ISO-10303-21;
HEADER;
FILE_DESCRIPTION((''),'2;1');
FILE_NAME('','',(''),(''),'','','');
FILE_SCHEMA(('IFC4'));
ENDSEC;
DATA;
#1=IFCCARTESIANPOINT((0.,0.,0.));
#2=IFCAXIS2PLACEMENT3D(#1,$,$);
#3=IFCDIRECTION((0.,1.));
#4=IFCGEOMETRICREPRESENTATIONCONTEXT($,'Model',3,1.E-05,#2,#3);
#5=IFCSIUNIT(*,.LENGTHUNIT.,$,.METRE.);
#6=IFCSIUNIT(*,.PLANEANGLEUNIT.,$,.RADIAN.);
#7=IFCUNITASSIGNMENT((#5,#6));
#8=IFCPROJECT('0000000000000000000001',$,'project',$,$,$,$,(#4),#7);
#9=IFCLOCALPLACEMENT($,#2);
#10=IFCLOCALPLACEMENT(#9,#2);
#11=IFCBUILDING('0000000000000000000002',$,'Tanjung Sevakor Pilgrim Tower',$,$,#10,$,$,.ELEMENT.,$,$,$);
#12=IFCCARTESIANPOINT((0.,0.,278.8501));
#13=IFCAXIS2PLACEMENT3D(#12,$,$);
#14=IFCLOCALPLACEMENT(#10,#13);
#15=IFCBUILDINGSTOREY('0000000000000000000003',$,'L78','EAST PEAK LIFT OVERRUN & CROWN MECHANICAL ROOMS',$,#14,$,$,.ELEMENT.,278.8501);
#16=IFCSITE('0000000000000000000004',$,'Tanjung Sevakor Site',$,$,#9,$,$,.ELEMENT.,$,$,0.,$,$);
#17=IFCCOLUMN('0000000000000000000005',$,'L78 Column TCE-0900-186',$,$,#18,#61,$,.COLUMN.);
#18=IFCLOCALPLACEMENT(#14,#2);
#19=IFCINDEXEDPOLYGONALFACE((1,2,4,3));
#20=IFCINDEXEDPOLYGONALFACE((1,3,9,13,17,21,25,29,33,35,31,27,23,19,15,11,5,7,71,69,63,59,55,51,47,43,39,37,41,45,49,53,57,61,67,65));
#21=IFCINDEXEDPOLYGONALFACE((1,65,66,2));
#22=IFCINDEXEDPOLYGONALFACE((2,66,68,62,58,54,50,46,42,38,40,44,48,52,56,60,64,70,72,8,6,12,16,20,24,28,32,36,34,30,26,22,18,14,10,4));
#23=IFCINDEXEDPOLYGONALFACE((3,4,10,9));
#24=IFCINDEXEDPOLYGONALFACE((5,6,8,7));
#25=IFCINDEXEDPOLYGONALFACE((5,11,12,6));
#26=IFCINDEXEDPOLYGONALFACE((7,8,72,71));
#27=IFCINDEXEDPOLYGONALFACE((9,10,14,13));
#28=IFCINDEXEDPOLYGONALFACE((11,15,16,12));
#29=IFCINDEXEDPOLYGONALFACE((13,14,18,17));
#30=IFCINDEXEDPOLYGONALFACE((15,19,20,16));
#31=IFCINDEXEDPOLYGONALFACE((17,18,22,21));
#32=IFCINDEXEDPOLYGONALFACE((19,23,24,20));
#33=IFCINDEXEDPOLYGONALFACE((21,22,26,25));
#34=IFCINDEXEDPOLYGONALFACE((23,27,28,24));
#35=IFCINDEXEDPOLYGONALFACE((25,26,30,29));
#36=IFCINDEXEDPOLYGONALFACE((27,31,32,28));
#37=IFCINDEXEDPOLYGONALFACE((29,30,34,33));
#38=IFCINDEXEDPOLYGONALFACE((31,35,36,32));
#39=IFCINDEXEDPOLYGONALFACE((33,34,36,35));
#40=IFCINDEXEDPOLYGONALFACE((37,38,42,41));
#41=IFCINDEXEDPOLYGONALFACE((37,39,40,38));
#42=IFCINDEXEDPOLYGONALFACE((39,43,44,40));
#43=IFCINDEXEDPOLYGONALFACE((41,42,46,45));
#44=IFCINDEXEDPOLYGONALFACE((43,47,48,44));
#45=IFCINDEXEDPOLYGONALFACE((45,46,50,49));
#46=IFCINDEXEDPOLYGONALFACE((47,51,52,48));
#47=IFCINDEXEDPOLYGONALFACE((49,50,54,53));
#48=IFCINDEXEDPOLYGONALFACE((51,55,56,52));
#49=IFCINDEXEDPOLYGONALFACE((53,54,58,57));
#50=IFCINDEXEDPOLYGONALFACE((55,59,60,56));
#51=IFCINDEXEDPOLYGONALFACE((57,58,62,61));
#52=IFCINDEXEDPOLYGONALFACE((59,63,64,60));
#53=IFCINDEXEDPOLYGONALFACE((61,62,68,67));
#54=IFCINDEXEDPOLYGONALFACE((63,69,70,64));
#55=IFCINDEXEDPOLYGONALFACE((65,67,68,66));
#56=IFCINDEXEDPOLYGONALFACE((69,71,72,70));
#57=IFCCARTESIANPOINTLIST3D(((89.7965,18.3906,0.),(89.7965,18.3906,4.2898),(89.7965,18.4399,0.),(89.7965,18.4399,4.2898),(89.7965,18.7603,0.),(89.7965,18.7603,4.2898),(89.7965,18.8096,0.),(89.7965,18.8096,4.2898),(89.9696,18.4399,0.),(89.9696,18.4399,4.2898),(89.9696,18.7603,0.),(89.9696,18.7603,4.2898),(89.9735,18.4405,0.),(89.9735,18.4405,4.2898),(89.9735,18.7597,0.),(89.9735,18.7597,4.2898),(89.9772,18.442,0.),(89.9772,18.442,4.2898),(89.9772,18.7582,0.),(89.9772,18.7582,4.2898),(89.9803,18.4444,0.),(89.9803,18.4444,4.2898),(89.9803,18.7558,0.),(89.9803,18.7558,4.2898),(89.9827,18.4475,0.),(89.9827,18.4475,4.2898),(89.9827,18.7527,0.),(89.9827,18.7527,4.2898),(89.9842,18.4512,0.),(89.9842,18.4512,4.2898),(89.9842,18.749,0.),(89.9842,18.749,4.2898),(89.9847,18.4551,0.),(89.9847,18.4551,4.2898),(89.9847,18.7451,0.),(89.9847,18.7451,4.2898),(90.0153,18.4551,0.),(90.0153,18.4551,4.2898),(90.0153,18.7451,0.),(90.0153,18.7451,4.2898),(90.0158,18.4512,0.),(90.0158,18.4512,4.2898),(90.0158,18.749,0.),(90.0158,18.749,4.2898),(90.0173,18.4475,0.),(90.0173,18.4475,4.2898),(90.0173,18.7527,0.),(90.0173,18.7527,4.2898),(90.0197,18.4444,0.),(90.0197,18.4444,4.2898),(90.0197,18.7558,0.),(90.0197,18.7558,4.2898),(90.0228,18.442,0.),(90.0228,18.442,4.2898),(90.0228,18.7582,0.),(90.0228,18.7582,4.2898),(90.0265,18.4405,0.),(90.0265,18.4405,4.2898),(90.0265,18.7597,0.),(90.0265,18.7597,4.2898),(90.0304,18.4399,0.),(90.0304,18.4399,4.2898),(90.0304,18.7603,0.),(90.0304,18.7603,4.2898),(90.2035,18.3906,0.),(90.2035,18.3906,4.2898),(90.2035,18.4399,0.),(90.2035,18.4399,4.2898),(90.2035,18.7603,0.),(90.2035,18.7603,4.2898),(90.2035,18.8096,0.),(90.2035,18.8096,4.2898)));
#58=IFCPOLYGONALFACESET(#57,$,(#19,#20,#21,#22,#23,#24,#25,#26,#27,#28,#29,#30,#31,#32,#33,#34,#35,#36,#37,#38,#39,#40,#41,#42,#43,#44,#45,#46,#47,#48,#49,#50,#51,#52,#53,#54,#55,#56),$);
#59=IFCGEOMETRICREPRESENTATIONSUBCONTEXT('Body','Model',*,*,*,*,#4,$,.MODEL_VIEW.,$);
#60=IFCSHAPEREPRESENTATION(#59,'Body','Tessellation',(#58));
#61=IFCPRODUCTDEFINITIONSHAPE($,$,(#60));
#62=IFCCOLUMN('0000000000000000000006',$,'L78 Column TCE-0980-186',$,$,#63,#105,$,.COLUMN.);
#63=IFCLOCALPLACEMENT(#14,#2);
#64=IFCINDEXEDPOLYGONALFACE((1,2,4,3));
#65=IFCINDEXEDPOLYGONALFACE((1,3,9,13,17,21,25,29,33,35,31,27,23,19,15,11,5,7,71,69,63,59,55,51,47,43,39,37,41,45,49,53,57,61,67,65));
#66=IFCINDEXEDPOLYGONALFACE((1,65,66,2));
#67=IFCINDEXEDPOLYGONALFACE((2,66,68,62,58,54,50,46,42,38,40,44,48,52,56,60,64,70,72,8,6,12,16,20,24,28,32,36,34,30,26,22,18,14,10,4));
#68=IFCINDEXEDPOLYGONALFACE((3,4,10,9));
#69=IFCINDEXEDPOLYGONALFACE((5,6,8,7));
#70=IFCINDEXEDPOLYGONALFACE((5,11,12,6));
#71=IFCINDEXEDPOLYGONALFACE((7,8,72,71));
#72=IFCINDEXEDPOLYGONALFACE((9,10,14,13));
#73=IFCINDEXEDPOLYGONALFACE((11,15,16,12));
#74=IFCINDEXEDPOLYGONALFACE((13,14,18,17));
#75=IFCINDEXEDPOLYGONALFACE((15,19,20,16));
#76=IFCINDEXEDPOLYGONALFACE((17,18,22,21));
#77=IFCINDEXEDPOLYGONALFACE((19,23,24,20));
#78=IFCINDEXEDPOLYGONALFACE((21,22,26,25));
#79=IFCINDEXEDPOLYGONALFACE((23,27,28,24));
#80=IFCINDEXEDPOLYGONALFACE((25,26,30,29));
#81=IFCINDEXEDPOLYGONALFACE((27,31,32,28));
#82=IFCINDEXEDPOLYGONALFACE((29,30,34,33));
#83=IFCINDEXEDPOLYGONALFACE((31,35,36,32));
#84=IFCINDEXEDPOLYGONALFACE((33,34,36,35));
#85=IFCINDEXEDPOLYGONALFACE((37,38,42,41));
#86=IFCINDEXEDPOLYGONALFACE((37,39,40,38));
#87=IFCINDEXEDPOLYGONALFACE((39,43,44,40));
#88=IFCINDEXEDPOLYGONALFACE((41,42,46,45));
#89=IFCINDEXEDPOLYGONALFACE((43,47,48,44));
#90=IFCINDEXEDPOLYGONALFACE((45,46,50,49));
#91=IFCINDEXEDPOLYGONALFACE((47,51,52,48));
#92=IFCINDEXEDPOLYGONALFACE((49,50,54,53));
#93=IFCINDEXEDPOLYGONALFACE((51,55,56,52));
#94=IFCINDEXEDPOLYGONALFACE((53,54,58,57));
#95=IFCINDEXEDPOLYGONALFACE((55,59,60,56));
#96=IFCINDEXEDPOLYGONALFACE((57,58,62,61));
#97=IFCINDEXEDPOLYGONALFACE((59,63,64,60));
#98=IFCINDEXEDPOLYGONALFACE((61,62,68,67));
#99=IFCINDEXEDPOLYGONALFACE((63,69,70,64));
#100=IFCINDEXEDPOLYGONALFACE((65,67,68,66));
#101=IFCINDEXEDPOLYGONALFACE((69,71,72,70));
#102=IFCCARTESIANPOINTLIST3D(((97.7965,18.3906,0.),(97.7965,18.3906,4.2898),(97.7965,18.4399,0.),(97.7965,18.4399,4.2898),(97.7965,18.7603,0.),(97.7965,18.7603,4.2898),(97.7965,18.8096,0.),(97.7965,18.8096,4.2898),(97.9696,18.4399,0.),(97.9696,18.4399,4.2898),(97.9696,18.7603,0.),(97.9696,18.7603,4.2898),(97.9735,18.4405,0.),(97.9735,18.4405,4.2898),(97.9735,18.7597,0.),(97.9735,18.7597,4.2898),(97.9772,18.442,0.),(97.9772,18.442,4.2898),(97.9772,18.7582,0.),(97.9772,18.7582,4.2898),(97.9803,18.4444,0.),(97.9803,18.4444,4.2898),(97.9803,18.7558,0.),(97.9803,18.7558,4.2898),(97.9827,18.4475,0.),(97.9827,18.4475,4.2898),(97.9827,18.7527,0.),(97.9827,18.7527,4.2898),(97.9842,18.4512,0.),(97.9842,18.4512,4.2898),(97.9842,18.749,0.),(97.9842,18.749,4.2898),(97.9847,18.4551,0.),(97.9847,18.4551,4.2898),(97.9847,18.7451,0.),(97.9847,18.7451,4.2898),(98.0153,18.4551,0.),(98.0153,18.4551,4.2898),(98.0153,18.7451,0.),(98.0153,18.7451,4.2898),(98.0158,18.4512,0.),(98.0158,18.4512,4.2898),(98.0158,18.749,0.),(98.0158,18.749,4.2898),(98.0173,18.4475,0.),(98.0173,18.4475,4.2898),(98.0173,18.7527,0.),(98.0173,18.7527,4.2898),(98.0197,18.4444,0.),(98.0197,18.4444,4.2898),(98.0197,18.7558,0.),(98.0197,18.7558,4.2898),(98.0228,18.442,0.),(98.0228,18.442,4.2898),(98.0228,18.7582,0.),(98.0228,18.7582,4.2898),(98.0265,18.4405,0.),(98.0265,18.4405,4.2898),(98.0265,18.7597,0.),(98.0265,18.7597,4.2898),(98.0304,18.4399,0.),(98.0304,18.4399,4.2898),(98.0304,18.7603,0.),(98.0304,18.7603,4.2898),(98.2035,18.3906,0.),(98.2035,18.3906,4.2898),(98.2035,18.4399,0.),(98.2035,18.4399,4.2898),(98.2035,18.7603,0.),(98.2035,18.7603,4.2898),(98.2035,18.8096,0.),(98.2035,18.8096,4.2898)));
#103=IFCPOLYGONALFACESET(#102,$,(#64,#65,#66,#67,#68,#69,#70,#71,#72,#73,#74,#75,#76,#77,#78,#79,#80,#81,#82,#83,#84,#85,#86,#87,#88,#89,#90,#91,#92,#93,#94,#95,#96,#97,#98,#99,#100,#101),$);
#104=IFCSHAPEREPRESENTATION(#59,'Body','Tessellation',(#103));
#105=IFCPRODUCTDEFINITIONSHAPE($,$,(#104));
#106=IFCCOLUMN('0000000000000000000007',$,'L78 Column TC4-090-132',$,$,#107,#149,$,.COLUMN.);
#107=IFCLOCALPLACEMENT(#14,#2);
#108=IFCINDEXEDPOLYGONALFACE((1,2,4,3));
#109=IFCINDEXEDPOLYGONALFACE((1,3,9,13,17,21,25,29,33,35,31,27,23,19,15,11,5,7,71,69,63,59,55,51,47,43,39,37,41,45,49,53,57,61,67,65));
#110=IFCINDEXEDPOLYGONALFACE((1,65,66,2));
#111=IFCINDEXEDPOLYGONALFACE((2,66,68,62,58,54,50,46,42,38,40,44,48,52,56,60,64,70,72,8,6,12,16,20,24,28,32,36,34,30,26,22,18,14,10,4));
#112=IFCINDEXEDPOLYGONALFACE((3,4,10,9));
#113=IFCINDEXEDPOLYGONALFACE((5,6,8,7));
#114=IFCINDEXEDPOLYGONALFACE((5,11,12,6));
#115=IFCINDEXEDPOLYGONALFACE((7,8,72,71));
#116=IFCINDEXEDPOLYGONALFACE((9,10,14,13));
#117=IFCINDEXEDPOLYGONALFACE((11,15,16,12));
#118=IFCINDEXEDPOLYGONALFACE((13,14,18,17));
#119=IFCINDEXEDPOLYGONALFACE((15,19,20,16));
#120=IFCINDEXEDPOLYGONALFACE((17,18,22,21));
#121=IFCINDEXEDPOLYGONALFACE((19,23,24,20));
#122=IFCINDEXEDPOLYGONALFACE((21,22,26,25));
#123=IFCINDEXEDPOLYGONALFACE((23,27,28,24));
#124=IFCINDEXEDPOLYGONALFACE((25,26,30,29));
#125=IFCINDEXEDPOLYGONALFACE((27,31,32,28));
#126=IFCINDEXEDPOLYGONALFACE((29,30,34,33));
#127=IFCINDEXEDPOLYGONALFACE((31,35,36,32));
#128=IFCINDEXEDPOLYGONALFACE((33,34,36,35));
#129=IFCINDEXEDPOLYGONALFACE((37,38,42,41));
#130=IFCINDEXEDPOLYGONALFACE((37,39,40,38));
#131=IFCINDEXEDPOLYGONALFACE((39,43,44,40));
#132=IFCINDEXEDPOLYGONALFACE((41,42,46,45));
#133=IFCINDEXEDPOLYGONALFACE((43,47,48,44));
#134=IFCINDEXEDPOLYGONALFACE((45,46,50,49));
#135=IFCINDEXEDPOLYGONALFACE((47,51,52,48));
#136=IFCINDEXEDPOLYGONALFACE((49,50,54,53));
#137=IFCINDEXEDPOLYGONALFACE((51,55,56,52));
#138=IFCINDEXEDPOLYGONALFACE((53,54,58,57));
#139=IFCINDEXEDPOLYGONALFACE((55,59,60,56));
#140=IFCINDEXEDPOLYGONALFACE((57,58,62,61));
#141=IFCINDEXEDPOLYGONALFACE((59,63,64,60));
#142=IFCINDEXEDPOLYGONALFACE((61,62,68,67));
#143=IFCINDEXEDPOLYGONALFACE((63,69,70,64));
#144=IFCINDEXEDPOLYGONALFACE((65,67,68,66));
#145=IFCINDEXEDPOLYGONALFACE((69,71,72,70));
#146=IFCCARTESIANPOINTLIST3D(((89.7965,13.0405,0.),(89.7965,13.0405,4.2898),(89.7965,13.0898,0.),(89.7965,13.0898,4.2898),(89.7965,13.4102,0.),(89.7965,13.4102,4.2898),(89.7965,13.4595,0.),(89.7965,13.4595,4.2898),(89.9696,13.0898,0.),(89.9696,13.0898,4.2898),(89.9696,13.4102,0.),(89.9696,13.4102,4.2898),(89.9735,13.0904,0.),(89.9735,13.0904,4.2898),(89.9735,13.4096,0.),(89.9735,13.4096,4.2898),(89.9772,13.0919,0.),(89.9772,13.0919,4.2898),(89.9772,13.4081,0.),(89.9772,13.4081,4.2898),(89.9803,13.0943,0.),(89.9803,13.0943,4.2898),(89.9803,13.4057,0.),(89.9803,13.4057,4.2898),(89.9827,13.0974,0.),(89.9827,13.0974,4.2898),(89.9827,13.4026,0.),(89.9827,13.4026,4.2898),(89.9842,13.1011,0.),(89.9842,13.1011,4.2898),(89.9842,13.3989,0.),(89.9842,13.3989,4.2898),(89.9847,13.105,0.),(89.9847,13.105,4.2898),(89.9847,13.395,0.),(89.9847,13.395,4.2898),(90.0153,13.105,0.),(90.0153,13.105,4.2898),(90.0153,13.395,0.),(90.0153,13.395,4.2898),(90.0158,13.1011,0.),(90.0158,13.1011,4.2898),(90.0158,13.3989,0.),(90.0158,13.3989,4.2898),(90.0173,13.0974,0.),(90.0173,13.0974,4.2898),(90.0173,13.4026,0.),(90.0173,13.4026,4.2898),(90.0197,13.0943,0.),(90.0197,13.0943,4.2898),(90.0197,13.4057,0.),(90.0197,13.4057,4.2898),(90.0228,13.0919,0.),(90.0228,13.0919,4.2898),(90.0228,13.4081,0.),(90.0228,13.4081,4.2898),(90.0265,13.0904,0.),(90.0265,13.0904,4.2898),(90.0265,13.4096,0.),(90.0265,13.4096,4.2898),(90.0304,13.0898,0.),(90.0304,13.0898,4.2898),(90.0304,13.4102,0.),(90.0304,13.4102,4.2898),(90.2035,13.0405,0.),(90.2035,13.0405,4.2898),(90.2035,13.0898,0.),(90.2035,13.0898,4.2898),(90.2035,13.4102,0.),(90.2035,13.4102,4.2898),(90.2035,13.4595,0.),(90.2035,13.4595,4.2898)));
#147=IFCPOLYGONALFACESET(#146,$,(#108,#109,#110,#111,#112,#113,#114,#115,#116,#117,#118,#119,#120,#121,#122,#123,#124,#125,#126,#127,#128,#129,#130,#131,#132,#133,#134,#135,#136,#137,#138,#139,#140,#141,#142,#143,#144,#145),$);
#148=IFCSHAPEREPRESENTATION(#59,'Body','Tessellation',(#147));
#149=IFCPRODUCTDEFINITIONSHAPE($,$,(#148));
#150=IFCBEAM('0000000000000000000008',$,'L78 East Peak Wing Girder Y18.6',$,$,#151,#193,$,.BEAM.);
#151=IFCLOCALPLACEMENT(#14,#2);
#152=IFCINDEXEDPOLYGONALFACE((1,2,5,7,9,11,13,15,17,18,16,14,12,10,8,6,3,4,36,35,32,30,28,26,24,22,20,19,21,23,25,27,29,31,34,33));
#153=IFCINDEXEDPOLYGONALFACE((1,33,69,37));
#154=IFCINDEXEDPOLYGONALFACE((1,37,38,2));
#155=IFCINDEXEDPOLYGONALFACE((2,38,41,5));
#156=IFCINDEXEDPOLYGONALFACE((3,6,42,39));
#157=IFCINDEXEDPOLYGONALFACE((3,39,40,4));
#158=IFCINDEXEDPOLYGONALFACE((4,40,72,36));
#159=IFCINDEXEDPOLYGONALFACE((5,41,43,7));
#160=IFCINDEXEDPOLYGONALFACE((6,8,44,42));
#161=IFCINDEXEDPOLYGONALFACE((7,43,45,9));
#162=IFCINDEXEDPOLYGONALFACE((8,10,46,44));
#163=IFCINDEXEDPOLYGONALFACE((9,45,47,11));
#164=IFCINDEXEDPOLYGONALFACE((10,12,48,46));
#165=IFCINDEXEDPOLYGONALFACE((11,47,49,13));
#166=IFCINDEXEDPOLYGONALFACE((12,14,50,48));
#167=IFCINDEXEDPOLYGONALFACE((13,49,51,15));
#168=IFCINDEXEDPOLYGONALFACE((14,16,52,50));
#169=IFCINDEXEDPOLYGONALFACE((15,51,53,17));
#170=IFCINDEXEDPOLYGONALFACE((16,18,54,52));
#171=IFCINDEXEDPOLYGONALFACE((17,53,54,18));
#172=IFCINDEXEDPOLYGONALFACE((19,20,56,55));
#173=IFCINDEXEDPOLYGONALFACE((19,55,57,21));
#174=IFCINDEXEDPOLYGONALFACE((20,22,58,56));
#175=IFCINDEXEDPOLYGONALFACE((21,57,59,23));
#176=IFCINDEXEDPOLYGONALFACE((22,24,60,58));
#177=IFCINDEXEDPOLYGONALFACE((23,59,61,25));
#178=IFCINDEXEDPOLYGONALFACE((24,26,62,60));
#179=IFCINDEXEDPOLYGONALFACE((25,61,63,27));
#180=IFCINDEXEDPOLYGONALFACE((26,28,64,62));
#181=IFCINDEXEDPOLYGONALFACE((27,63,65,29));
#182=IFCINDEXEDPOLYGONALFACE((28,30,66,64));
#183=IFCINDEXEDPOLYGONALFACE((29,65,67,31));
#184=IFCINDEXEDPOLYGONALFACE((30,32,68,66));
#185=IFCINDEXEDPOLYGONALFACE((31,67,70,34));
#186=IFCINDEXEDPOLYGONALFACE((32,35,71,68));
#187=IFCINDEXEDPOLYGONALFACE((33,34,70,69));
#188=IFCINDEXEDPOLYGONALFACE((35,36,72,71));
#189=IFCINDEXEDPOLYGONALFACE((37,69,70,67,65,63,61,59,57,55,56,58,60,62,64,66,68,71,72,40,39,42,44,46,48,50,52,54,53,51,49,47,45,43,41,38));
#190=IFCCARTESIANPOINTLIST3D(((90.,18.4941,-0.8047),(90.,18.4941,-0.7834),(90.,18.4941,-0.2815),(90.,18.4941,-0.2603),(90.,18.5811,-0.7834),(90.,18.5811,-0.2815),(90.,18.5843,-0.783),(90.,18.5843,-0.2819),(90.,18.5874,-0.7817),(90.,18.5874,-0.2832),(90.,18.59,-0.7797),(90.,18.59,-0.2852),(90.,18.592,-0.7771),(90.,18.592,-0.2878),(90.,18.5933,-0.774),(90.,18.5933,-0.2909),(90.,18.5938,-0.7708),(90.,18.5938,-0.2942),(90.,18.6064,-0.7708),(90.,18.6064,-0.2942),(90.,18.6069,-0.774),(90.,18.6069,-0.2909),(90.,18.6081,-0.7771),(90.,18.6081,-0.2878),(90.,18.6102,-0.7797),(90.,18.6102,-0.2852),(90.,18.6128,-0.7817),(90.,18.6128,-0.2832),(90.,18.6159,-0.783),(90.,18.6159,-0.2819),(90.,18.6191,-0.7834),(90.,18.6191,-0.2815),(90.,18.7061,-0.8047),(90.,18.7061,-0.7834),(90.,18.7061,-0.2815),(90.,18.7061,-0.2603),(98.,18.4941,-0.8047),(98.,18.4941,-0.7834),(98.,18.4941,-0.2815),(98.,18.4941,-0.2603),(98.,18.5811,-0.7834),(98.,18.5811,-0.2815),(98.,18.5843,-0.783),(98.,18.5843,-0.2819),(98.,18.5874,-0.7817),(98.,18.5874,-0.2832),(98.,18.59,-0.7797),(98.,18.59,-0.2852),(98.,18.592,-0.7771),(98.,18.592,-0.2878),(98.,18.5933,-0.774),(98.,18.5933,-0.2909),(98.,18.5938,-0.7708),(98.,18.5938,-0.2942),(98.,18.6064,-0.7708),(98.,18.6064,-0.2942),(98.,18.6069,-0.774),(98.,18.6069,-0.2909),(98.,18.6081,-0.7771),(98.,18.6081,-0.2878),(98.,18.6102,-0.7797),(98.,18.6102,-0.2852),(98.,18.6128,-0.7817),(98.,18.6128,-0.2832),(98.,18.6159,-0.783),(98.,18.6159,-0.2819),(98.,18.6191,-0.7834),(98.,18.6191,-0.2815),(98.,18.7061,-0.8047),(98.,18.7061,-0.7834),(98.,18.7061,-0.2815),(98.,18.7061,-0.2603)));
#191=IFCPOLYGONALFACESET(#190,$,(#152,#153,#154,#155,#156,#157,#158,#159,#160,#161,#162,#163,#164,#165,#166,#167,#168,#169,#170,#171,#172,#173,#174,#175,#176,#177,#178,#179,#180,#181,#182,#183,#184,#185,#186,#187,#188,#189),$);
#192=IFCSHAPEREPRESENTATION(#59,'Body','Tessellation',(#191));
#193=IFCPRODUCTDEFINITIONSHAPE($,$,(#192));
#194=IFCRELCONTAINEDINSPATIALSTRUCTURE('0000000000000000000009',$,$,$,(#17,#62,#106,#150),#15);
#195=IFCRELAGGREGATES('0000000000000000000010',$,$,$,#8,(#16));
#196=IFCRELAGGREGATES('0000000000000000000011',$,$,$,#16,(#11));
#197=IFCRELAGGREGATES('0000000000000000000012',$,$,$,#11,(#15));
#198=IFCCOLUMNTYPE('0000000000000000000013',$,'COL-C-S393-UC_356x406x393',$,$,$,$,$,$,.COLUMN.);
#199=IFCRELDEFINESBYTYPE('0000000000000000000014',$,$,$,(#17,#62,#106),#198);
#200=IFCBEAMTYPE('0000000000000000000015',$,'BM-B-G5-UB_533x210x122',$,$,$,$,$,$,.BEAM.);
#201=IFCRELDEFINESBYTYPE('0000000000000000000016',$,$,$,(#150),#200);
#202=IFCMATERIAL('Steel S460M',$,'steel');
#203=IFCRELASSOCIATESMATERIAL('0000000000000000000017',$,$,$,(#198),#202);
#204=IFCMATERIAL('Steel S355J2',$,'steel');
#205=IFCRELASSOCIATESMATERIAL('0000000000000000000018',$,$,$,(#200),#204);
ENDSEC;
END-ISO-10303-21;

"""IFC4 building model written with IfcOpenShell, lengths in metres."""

from ifc_helpers import new_model, si_unit, direction, frame, origin, origin_2d, place, context, subcontext, project, spatial, i_section, extrude, material, material_profile, profile_set, type_object, element, save


model = new_model("IFC4")

# Units and contexts
model_context = context("Model", 3, precision=1e-05, world=origin(), true_north=direction((0.0, 1.0)))
body_context = subcontext(model_context, "Body", "Model", "MODEL_VIEW")
ifc_project = project(units=[si_unit("LENGTHUNIT", "METRE"), si_unit("PLANEANGLEUNIT", "RADIAN")], contexts=[model_context])

# Site, building, storey
site_placement = place(None, origin())
site = spatial("IfcSite", under=ifc_project, at=site_placement, Name="Tanjung Sevakor Site", CompositionType="ELEMENT", RefElevation=0.0)
building_placement = place(site_placement, origin())
building = spatial("IfcBuilding", under=site, at=building_placement, Name="Tanjung Sevakor Pilgrim Tower", CompositionType="ELEMENT")
storey_placement = place(building_placement, frame((0.0, 0.0, 278.8501)))
storey = spatial("IfcBuildingStorey", under=building, at=storey_placement, Name="L78", Description="EAST PEAK LIFT OVERRUN & CROWN MECHANICAL ROOMS", CompositionType="ELEMENT", Elevation=278.8501)

# Columns
ifc_material_1 = material(Name="Steel S460M", Category="steel")
ifc_material_profile_1 = material_profile(ifc_material_1, i_section(OverallWidth=0.407, OverallDepth=0.4189, WebThickness=0.0305, FlangeThickness=0.0493, FilletRadius=0.0151, at=origin_2d()))
ifc_profile_set_1 = profile_set([ifc_material_profile_1], Name="Steel S460M")
column_type = type_object("IfcColumnType", Name="COL-C-S393-UC_356x406x393", PredefinedType="COLUMN", material=ifc_profile_set_1)
for number, where, z_axis, x_axis, name in (
    (1, (90.0, 18.6001, 0.0), (0.0, 0.0, 1.0), (1.0, 0.0, 0.0), "L78 Column TCE-0900-186"),
    (2, (98.0, 18.6001, 0.0), (0.0, 0.0, 1.0), (1.0, 0.0, 0.0), "L78 Column TCE-0980-186"),
    (3, (90.0, 13.25, 0.0), (0.0, 0.0, 1.0), (1.0, 0.0, 0.0), "L78 Column TC4-090-132"),
):
    element("IfcColumn", number, at=place(storey_placement, frame(where, z_axis=z_axis, x_axis=x_axis)), inside=storey, type_object=column_type, Name=name, PredefinedType="COLUMN", context=body_context, shape_type="SweptSolid", body=[
        extrude(i_section(OverallWidth=0.407, OverallDepth=0.4189, WebThickness=0.0305, FlangeThickness=0.0493, FilletRadius=0.0151, at=origin_2d()), origin(), (0.0, 0.0, 1.0), 4.2898),
    ])

# Beam
ifc_material_2 = material(Name="Steel S355J2", Category="steel")
ifc_material_profile_2 = material_profile(ifc_material_2, i_section(OverallWidth=0.2119, OverallDepth=0.5444, WebThickness=0.0127, FlangeThickness=0.0212, FilletRadius=0.0127, at=origin_2d()))
ifc_profile_set_2 = profile_set([ifc_material_profile_2], Name="Steel S355J2")
beam_type_1 = type_object("IfcBeamType", Name="BM-B-G5-UB_533x210x122", PredefinedType="BEAM", material=ifc_profile_set_2)
beam_1_placement = place(storey_placement, frame((90.0, 18.6001, -0.5325), z_axis=(1.0, 0.0, 0.0), x_axis=(0.0, 1.0, 0.0)))
element("IfcBeam", 4, at=beam_1_placement, inside=storey, type_object=beam_type_1, Name="L78 East Peak Wing Girder Y18.6", PredefinedType="BEAM", context=body_context, shape_type="SweptSolid", body=[
    extrude(i_section(OverallWidth=0.2119, OverallDepth=0.5444, WebThickness=0.0127, FlangeThickness=0.0212, FilletRadius=0.0127, at=origin_2d()), origin(), (0.0, 0.0, 1.0), 8.0),
])

save(model, "model.ifc")
